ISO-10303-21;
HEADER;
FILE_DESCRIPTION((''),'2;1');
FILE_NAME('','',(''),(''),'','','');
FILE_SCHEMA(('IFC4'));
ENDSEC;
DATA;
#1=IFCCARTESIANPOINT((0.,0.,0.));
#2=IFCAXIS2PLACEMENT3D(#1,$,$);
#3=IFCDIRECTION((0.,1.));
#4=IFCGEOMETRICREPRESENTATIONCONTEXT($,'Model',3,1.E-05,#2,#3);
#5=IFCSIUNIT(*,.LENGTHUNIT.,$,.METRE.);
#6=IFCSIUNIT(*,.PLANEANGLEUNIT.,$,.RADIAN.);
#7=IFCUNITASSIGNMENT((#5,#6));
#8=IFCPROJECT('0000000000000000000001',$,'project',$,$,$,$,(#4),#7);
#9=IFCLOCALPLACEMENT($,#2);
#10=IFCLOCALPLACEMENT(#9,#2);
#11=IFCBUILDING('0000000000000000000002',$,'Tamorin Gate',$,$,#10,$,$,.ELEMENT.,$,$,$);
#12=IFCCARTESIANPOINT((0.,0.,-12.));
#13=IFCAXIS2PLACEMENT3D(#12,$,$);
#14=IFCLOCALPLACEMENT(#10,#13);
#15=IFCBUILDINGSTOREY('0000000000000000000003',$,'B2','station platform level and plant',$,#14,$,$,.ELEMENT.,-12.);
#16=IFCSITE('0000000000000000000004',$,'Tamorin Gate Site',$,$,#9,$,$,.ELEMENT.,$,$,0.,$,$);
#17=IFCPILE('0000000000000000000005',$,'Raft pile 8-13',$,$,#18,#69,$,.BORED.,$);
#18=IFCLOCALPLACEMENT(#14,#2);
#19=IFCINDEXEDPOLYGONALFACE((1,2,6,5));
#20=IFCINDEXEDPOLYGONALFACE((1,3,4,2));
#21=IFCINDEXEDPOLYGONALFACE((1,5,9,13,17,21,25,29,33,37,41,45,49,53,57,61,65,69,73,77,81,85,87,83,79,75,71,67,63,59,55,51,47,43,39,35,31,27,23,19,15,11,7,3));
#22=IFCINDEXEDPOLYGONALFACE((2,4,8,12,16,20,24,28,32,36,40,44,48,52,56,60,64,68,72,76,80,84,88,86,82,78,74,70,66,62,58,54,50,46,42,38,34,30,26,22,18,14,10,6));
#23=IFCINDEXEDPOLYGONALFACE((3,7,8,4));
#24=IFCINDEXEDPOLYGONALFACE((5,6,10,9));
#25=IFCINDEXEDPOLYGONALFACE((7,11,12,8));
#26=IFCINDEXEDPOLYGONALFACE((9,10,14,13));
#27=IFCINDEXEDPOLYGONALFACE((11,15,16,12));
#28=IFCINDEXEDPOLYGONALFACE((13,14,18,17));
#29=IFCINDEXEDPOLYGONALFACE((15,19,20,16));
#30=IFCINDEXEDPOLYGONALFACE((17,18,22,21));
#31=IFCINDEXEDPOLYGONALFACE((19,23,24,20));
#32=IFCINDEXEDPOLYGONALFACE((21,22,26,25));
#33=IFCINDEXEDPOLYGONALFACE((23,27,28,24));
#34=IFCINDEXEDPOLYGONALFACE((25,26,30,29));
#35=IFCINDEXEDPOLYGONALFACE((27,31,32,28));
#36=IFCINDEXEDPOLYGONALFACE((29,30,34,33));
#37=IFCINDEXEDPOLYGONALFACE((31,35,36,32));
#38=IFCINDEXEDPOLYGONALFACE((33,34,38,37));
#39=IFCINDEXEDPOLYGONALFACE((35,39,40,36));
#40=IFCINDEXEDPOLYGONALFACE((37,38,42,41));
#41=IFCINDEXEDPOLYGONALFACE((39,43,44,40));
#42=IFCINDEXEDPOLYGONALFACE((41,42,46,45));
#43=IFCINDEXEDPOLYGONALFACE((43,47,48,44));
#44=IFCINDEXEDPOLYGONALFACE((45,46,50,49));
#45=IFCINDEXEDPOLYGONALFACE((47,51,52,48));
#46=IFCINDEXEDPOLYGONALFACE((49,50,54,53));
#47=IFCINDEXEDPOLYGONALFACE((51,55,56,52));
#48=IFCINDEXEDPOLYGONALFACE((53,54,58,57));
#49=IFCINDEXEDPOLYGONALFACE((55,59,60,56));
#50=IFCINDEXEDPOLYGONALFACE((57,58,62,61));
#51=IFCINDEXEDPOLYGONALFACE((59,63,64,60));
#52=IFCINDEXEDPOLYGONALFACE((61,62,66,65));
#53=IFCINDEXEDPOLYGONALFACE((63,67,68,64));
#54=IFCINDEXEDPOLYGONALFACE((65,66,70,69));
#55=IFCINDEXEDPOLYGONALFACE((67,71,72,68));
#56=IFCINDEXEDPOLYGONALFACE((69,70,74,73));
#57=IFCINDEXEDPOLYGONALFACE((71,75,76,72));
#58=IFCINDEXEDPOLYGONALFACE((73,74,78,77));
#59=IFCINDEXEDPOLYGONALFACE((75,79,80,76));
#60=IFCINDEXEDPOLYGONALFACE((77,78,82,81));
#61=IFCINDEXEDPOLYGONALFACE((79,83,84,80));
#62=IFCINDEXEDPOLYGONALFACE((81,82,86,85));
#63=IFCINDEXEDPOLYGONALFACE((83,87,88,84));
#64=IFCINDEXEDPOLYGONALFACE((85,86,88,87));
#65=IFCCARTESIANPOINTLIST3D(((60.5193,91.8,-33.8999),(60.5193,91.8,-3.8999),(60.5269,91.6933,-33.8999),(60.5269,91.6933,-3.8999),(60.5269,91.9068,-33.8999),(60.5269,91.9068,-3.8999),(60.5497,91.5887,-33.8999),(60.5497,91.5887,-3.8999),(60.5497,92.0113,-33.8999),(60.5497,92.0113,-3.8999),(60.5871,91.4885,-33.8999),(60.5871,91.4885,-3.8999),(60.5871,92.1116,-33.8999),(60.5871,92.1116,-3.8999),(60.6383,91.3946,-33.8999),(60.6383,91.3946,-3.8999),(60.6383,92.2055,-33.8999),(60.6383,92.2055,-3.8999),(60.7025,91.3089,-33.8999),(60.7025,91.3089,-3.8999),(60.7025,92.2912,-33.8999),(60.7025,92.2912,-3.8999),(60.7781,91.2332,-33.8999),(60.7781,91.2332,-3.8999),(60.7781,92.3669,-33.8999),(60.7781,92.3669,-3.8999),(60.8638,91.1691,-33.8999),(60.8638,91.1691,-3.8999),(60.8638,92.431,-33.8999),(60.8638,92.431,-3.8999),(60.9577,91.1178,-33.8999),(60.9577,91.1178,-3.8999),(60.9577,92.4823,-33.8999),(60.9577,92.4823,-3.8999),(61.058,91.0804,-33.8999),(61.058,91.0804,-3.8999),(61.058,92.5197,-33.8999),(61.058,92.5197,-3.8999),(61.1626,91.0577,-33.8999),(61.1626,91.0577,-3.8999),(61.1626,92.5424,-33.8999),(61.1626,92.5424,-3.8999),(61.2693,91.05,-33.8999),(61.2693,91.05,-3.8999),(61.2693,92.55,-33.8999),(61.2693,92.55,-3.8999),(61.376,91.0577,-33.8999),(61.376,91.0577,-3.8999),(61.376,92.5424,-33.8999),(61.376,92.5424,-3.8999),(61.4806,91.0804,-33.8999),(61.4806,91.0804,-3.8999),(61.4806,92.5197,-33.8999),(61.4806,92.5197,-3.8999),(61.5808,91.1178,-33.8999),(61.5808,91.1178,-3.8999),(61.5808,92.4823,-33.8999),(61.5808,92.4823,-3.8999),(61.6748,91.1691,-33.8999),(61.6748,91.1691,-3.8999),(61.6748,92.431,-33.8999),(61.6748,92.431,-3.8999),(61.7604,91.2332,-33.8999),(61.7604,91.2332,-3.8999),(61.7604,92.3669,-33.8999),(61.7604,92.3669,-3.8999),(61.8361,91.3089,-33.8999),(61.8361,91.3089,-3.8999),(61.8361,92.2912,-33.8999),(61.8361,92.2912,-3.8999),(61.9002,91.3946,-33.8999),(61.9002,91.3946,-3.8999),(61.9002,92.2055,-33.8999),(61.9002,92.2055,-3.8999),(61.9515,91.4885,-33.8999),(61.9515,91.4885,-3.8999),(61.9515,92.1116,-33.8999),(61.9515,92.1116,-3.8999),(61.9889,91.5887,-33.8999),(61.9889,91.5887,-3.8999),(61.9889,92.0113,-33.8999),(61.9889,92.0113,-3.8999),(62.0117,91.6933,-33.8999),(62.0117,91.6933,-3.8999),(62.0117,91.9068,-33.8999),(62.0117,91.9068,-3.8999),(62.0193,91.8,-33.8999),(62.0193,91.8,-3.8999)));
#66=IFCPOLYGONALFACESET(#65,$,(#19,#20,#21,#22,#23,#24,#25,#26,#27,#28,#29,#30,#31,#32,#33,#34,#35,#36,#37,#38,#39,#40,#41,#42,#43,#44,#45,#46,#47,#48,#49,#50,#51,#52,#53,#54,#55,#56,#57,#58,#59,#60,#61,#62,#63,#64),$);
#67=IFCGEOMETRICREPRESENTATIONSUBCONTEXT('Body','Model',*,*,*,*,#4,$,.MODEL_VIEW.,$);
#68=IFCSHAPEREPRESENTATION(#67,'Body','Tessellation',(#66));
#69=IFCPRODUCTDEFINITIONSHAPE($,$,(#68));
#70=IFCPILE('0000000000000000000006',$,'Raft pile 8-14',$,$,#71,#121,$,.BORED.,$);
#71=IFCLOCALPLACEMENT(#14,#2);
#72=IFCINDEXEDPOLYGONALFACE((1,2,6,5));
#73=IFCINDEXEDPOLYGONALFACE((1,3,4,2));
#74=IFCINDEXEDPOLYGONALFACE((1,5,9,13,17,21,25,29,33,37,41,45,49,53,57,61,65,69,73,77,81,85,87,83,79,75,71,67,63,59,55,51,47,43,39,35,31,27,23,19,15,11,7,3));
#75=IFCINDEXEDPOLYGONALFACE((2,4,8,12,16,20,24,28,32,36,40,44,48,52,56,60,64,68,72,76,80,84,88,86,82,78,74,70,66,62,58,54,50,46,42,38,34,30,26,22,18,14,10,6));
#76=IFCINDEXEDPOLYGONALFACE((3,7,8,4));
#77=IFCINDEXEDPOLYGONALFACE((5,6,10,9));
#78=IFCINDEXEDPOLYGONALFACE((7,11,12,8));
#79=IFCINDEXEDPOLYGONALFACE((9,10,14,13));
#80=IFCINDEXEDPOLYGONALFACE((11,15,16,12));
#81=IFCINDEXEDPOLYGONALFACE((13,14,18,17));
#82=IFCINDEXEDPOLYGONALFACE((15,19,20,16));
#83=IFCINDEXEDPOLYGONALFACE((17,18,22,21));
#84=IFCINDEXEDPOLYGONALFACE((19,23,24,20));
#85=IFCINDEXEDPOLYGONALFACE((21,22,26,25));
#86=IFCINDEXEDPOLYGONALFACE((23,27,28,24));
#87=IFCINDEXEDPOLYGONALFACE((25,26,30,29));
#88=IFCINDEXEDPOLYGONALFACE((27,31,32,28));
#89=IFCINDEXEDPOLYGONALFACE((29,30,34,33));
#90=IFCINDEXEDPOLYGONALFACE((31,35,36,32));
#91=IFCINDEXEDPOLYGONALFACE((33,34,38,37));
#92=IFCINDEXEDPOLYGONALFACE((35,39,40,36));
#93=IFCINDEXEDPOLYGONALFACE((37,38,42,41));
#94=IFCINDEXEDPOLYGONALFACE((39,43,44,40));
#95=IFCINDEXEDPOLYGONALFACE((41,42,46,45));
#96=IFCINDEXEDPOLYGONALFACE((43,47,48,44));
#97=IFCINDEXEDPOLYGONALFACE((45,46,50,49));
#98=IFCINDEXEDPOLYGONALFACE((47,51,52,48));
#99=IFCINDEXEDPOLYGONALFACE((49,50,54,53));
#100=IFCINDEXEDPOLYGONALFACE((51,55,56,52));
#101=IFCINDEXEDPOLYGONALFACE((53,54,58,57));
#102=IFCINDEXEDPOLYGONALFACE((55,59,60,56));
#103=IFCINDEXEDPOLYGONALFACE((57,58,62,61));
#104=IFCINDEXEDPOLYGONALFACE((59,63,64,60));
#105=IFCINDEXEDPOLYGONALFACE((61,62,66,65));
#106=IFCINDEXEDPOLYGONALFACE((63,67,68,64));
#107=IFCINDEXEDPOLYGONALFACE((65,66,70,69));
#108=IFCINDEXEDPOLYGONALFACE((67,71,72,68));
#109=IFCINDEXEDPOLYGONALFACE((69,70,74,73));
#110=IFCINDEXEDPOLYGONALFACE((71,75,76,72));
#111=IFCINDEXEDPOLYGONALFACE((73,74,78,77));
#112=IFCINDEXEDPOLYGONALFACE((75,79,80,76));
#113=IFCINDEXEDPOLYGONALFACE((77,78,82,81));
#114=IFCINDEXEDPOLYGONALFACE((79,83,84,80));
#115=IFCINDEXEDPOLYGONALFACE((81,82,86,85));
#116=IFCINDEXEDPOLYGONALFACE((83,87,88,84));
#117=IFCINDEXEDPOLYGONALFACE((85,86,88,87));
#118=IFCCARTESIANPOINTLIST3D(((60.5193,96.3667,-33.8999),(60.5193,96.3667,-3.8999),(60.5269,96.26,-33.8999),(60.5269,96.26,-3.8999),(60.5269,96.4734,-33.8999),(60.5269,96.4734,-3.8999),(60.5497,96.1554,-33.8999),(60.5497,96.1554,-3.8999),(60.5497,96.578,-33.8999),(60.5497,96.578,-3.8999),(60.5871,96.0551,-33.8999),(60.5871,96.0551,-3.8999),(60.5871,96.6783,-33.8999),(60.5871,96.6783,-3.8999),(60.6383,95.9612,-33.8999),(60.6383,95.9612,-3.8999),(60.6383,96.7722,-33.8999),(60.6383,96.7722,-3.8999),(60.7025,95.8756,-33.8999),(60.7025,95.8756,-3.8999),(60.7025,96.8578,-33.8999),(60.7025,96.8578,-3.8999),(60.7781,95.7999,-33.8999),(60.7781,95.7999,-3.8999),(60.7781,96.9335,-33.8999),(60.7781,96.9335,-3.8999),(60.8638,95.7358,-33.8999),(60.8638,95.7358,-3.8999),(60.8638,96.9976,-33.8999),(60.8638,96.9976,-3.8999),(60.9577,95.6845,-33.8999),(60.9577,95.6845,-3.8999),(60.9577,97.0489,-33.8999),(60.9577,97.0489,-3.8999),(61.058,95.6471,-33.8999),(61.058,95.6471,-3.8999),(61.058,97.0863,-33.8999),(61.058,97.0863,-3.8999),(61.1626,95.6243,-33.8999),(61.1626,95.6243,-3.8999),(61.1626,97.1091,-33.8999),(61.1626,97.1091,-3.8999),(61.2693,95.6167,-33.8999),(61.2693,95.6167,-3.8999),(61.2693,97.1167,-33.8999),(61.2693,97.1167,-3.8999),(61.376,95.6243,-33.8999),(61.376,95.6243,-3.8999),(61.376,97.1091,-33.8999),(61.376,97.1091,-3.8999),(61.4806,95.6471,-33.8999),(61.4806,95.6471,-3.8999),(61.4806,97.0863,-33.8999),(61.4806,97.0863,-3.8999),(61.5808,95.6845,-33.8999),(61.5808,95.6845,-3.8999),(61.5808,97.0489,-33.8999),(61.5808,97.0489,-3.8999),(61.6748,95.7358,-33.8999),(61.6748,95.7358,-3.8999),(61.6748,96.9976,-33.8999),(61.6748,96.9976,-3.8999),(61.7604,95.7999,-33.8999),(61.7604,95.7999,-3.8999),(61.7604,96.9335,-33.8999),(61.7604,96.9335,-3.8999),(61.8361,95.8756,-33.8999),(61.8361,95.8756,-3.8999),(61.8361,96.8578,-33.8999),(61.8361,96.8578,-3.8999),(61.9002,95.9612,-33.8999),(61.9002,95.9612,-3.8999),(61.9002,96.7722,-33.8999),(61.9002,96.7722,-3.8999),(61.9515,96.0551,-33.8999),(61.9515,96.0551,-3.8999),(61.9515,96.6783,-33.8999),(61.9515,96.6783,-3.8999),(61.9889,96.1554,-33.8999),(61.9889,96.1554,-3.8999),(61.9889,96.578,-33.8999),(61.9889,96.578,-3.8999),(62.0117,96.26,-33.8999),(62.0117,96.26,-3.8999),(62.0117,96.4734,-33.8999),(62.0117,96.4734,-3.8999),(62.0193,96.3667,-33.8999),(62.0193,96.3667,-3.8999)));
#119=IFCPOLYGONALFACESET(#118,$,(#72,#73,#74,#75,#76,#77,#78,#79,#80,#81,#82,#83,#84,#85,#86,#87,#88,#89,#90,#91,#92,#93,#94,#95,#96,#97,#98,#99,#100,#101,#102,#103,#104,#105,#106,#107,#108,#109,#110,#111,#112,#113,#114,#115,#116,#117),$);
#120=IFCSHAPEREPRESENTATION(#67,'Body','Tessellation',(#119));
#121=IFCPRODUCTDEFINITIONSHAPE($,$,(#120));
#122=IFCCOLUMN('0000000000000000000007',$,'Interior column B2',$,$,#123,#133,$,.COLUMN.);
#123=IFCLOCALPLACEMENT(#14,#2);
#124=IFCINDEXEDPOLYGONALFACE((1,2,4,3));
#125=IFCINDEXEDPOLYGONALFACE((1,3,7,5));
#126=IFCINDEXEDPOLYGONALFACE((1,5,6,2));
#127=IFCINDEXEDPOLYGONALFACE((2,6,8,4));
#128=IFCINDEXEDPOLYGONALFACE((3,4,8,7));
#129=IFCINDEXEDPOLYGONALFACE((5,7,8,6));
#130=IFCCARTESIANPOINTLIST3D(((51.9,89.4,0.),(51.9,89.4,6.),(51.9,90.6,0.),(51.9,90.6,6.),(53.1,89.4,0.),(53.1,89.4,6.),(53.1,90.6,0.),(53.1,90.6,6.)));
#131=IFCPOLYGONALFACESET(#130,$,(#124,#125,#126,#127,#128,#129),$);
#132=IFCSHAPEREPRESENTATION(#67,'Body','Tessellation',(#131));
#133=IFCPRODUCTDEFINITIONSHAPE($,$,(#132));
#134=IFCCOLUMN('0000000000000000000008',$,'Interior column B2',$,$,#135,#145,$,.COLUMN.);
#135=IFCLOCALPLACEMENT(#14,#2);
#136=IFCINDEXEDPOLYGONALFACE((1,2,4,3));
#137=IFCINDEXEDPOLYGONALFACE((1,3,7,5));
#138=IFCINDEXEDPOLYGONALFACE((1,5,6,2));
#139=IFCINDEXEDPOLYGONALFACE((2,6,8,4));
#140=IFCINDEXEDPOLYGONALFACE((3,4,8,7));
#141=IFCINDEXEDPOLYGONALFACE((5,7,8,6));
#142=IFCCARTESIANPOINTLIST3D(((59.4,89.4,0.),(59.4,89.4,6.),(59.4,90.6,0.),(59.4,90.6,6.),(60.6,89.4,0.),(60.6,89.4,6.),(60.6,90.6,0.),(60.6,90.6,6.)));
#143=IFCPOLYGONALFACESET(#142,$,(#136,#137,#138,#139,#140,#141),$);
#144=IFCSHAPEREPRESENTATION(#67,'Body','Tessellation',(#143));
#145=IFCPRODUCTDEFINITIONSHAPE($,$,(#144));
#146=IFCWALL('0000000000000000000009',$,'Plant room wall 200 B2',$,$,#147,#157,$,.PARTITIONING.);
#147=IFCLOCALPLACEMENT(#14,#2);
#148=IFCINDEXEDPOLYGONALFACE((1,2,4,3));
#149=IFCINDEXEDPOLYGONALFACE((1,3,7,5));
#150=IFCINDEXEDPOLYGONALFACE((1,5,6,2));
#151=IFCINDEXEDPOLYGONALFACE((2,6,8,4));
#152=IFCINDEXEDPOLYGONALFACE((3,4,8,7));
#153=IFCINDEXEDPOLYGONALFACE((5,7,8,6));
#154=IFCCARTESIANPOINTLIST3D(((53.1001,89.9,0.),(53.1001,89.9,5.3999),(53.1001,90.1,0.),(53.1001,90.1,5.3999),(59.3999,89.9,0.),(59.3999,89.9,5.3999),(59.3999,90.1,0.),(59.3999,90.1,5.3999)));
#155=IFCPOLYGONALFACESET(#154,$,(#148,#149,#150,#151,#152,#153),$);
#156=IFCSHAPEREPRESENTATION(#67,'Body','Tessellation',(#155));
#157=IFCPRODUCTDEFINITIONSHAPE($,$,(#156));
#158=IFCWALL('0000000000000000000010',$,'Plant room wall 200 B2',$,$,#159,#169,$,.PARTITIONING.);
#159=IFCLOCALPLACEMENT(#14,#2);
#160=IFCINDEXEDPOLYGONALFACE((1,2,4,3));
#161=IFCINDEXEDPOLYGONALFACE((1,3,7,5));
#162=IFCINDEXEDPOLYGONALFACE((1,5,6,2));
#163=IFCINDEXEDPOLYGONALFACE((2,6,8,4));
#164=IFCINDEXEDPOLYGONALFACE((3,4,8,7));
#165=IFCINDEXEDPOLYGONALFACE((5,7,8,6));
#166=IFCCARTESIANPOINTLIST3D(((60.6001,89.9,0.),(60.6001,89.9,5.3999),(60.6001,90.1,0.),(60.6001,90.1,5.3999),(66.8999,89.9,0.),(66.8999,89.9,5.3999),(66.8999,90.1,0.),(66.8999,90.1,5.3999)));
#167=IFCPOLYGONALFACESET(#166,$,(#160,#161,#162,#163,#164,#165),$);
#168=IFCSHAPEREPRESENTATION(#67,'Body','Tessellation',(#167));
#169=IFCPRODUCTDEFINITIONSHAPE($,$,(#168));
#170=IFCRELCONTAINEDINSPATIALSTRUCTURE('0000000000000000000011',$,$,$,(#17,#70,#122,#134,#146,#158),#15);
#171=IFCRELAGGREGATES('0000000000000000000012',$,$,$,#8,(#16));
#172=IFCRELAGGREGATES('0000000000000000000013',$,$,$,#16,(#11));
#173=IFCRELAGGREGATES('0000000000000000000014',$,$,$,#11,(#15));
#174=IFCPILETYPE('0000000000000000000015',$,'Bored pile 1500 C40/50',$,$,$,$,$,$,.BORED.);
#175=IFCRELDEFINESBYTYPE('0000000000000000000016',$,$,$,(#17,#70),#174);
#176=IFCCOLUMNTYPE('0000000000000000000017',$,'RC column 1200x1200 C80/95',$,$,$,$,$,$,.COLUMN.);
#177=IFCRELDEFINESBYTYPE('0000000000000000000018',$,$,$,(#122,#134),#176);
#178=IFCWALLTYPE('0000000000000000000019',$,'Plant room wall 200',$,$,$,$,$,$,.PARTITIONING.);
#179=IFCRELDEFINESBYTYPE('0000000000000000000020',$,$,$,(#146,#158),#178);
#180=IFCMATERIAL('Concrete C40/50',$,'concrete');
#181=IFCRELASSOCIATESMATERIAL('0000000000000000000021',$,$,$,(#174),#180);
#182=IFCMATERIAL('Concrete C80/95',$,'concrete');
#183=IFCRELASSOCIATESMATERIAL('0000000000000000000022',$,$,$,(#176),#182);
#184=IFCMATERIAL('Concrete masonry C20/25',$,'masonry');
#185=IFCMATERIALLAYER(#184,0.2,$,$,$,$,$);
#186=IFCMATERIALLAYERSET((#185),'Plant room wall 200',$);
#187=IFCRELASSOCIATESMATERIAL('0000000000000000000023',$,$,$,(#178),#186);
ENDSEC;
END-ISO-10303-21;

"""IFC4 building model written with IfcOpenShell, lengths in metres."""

from ifc_helpers import new_model, si_unit, direction, frame, frame_2d, origin, origin_2d, place, context, subcontext, project, spatial, rectangle, circle, extrude, material, layer, layer_set, material_profile, profile_set, type_object, element, save


model = new_model("IFC4")

# Units and contexts
model_context = context("Model", 3, precision=1e-05, world=origin(), true_north=direction((0.0, 1.0)))
body_context = subcontext(model_context, "Body", "Model", "MODEL_VIEW")
ifc_project = project(units=[si_unit("LENGTHUNIT", "METRE"), si_unit("PLANEANGLEUNIT", "RADIAN")], contexts=[model_context])

# Site, building, storey
site_placement = place(None, origin())
site = spatial("IfcSite", under=ifc_project, at=site_placement, Name="Tamorin Gate Site", CompositionType="ELEMENT", RefElevation=0.0)
building_placement = place(site_placement, origin())
building = spatial("IfcBuilding", under=site, at=building_placement, Name="Tamorin Gate", CompositionType="ELEMENT")
storey_placement = place(building_placement, frame((0.0, 0.0, -12.0)))
storey = spatial("IfcBuildingStorey", under=building, at=storey_placement, Name="B2", Description="station platform level and plant", CompositionType="ELEMENT", Elevation=-12.0)

# Piles
ifc_material_1 = material(Name="Concrete C40/50", Category="concrete")
ifc_material_profile_1 = material_profile(ifc_material_1, circle(Radius=0.75, at=origin_2d()))
ifc_profile_set_1 = profile_set([ifc_material_profile_1], Name="Concrete C40/50")
pile_type = type_object("IfcPileType", Name="Bored pile 1500 C40/50", PredefinedType="BORED", material=ifc_profile_set_1)
for number, where, z_axis, x_axis, name in (
    (1, (61.2693, 91.8, -3.8999), (0.0, 0.0, -1.0), (1.0, 0.0, 0.0), "Raft pile 8-13"),
    (2, (61.2693, 96.3667, -3.8999), (0.0, 0.0, -1.0), (1.0, 0.0, 0.0), "Raft pile 8-14"),
):
    element("IfcPile", number, at=place(storey_placement, frame(where, z_axis=z_axis, x_axis=x_axis)), inside=storey, type_object=pile_type, Name=name, PredefinedType="BORED", context=body_context, shape_type="SweptSolid", body=[
        extrude(circle(Radius=0.75, at=origin_2d()), origin(), (0.0, 0.0, 1.0), 30.0),
    ])

# Columns
ifc_material_2 = material(Name="Concrete C80/95", Category="concrete")
ifc_material_profile_2 = material_profile(ifc_material_2, rectangle(XDim=1.2, YDim=1.2, at=origin_2d()), Name="RC 1200x1200")
ifc_profile_set_2 = profile_set([ifc_material_profile_2], Name="Concrete C80/95")
column_type = type_object("IfcColumnType", Name="RC column 1200x1200 C80/95", PredefinedType="COLUMN", material=ifc_profile_set_2)
for number, where, z_axis, x_axis, name in (
    (3, (52.5, 90.0, 0.0), (0.0, 0.0, 1.0), (1.0, 0.0, 0.0), "Interior column B2"),
    (4, (60.0, 90.0, 0.0), (0.0, 0.0, 1.0), (1.0, 0.0, 0.0), "Interior column B2"),
):
    element("IfcColumn", number, at=place(storey_placement, frame(where, z_axis=z_axis, x_axis=x_axis)), inside=storey, type_object=column_type, Name=name, PredefinedType="COLUMN", context=body_context, shape_type="SweptSolid", body=[
        extrude(rectangle(XDim=1.2, YDim=1.2, at=origin_2d()), origin(), (0.0, 0.0, 1.0), 6.0),
    ])

# Walls
ifc_material_3 = material(Name="Concrete masonry C20/25", Category="masonry")
ifc_layer = layer(ifc_material_3, 0.2)
ifc_layer_set = layer_set([ifc_layer], Name="Plant room wall 200")
wall_type = type_object("IfcWallType", Name="Plant room wall 200", PredefinedType="PARTITIONING", material=ifc_layer_set)
for number, where, z_axis, x_axis, name in (
    (5, (53.1001, 90.0, 0.0), (0.0, 0.0, 1.0), (1.0, 0.0, 0.0), "Plant room wall 200 B2"),
    (6, (60.6001, 90.0, 0.0), (0.0, 0.0, 1.0), (1.0, 0.0, 0.0), "Plant room wall 200 B2"),
):
    element("IfcWall", number, at=place(storey_placement, frame(where, z_axis=z_axis, x_axis=x_axis)), inside=storey, type_object=wall_type, Name=name, PredefinedType="PARTITIONING", context=body_context, shape_type="SweptSolid", body=[
        extrude(rectangle(XDim=6.2998, YDim=0.2, at=frame_2d((3.1499, 0.0))), origin(), (0.0, 0.0, 1.0), 5.3999),
    ])

save(model, "model.ifc")
